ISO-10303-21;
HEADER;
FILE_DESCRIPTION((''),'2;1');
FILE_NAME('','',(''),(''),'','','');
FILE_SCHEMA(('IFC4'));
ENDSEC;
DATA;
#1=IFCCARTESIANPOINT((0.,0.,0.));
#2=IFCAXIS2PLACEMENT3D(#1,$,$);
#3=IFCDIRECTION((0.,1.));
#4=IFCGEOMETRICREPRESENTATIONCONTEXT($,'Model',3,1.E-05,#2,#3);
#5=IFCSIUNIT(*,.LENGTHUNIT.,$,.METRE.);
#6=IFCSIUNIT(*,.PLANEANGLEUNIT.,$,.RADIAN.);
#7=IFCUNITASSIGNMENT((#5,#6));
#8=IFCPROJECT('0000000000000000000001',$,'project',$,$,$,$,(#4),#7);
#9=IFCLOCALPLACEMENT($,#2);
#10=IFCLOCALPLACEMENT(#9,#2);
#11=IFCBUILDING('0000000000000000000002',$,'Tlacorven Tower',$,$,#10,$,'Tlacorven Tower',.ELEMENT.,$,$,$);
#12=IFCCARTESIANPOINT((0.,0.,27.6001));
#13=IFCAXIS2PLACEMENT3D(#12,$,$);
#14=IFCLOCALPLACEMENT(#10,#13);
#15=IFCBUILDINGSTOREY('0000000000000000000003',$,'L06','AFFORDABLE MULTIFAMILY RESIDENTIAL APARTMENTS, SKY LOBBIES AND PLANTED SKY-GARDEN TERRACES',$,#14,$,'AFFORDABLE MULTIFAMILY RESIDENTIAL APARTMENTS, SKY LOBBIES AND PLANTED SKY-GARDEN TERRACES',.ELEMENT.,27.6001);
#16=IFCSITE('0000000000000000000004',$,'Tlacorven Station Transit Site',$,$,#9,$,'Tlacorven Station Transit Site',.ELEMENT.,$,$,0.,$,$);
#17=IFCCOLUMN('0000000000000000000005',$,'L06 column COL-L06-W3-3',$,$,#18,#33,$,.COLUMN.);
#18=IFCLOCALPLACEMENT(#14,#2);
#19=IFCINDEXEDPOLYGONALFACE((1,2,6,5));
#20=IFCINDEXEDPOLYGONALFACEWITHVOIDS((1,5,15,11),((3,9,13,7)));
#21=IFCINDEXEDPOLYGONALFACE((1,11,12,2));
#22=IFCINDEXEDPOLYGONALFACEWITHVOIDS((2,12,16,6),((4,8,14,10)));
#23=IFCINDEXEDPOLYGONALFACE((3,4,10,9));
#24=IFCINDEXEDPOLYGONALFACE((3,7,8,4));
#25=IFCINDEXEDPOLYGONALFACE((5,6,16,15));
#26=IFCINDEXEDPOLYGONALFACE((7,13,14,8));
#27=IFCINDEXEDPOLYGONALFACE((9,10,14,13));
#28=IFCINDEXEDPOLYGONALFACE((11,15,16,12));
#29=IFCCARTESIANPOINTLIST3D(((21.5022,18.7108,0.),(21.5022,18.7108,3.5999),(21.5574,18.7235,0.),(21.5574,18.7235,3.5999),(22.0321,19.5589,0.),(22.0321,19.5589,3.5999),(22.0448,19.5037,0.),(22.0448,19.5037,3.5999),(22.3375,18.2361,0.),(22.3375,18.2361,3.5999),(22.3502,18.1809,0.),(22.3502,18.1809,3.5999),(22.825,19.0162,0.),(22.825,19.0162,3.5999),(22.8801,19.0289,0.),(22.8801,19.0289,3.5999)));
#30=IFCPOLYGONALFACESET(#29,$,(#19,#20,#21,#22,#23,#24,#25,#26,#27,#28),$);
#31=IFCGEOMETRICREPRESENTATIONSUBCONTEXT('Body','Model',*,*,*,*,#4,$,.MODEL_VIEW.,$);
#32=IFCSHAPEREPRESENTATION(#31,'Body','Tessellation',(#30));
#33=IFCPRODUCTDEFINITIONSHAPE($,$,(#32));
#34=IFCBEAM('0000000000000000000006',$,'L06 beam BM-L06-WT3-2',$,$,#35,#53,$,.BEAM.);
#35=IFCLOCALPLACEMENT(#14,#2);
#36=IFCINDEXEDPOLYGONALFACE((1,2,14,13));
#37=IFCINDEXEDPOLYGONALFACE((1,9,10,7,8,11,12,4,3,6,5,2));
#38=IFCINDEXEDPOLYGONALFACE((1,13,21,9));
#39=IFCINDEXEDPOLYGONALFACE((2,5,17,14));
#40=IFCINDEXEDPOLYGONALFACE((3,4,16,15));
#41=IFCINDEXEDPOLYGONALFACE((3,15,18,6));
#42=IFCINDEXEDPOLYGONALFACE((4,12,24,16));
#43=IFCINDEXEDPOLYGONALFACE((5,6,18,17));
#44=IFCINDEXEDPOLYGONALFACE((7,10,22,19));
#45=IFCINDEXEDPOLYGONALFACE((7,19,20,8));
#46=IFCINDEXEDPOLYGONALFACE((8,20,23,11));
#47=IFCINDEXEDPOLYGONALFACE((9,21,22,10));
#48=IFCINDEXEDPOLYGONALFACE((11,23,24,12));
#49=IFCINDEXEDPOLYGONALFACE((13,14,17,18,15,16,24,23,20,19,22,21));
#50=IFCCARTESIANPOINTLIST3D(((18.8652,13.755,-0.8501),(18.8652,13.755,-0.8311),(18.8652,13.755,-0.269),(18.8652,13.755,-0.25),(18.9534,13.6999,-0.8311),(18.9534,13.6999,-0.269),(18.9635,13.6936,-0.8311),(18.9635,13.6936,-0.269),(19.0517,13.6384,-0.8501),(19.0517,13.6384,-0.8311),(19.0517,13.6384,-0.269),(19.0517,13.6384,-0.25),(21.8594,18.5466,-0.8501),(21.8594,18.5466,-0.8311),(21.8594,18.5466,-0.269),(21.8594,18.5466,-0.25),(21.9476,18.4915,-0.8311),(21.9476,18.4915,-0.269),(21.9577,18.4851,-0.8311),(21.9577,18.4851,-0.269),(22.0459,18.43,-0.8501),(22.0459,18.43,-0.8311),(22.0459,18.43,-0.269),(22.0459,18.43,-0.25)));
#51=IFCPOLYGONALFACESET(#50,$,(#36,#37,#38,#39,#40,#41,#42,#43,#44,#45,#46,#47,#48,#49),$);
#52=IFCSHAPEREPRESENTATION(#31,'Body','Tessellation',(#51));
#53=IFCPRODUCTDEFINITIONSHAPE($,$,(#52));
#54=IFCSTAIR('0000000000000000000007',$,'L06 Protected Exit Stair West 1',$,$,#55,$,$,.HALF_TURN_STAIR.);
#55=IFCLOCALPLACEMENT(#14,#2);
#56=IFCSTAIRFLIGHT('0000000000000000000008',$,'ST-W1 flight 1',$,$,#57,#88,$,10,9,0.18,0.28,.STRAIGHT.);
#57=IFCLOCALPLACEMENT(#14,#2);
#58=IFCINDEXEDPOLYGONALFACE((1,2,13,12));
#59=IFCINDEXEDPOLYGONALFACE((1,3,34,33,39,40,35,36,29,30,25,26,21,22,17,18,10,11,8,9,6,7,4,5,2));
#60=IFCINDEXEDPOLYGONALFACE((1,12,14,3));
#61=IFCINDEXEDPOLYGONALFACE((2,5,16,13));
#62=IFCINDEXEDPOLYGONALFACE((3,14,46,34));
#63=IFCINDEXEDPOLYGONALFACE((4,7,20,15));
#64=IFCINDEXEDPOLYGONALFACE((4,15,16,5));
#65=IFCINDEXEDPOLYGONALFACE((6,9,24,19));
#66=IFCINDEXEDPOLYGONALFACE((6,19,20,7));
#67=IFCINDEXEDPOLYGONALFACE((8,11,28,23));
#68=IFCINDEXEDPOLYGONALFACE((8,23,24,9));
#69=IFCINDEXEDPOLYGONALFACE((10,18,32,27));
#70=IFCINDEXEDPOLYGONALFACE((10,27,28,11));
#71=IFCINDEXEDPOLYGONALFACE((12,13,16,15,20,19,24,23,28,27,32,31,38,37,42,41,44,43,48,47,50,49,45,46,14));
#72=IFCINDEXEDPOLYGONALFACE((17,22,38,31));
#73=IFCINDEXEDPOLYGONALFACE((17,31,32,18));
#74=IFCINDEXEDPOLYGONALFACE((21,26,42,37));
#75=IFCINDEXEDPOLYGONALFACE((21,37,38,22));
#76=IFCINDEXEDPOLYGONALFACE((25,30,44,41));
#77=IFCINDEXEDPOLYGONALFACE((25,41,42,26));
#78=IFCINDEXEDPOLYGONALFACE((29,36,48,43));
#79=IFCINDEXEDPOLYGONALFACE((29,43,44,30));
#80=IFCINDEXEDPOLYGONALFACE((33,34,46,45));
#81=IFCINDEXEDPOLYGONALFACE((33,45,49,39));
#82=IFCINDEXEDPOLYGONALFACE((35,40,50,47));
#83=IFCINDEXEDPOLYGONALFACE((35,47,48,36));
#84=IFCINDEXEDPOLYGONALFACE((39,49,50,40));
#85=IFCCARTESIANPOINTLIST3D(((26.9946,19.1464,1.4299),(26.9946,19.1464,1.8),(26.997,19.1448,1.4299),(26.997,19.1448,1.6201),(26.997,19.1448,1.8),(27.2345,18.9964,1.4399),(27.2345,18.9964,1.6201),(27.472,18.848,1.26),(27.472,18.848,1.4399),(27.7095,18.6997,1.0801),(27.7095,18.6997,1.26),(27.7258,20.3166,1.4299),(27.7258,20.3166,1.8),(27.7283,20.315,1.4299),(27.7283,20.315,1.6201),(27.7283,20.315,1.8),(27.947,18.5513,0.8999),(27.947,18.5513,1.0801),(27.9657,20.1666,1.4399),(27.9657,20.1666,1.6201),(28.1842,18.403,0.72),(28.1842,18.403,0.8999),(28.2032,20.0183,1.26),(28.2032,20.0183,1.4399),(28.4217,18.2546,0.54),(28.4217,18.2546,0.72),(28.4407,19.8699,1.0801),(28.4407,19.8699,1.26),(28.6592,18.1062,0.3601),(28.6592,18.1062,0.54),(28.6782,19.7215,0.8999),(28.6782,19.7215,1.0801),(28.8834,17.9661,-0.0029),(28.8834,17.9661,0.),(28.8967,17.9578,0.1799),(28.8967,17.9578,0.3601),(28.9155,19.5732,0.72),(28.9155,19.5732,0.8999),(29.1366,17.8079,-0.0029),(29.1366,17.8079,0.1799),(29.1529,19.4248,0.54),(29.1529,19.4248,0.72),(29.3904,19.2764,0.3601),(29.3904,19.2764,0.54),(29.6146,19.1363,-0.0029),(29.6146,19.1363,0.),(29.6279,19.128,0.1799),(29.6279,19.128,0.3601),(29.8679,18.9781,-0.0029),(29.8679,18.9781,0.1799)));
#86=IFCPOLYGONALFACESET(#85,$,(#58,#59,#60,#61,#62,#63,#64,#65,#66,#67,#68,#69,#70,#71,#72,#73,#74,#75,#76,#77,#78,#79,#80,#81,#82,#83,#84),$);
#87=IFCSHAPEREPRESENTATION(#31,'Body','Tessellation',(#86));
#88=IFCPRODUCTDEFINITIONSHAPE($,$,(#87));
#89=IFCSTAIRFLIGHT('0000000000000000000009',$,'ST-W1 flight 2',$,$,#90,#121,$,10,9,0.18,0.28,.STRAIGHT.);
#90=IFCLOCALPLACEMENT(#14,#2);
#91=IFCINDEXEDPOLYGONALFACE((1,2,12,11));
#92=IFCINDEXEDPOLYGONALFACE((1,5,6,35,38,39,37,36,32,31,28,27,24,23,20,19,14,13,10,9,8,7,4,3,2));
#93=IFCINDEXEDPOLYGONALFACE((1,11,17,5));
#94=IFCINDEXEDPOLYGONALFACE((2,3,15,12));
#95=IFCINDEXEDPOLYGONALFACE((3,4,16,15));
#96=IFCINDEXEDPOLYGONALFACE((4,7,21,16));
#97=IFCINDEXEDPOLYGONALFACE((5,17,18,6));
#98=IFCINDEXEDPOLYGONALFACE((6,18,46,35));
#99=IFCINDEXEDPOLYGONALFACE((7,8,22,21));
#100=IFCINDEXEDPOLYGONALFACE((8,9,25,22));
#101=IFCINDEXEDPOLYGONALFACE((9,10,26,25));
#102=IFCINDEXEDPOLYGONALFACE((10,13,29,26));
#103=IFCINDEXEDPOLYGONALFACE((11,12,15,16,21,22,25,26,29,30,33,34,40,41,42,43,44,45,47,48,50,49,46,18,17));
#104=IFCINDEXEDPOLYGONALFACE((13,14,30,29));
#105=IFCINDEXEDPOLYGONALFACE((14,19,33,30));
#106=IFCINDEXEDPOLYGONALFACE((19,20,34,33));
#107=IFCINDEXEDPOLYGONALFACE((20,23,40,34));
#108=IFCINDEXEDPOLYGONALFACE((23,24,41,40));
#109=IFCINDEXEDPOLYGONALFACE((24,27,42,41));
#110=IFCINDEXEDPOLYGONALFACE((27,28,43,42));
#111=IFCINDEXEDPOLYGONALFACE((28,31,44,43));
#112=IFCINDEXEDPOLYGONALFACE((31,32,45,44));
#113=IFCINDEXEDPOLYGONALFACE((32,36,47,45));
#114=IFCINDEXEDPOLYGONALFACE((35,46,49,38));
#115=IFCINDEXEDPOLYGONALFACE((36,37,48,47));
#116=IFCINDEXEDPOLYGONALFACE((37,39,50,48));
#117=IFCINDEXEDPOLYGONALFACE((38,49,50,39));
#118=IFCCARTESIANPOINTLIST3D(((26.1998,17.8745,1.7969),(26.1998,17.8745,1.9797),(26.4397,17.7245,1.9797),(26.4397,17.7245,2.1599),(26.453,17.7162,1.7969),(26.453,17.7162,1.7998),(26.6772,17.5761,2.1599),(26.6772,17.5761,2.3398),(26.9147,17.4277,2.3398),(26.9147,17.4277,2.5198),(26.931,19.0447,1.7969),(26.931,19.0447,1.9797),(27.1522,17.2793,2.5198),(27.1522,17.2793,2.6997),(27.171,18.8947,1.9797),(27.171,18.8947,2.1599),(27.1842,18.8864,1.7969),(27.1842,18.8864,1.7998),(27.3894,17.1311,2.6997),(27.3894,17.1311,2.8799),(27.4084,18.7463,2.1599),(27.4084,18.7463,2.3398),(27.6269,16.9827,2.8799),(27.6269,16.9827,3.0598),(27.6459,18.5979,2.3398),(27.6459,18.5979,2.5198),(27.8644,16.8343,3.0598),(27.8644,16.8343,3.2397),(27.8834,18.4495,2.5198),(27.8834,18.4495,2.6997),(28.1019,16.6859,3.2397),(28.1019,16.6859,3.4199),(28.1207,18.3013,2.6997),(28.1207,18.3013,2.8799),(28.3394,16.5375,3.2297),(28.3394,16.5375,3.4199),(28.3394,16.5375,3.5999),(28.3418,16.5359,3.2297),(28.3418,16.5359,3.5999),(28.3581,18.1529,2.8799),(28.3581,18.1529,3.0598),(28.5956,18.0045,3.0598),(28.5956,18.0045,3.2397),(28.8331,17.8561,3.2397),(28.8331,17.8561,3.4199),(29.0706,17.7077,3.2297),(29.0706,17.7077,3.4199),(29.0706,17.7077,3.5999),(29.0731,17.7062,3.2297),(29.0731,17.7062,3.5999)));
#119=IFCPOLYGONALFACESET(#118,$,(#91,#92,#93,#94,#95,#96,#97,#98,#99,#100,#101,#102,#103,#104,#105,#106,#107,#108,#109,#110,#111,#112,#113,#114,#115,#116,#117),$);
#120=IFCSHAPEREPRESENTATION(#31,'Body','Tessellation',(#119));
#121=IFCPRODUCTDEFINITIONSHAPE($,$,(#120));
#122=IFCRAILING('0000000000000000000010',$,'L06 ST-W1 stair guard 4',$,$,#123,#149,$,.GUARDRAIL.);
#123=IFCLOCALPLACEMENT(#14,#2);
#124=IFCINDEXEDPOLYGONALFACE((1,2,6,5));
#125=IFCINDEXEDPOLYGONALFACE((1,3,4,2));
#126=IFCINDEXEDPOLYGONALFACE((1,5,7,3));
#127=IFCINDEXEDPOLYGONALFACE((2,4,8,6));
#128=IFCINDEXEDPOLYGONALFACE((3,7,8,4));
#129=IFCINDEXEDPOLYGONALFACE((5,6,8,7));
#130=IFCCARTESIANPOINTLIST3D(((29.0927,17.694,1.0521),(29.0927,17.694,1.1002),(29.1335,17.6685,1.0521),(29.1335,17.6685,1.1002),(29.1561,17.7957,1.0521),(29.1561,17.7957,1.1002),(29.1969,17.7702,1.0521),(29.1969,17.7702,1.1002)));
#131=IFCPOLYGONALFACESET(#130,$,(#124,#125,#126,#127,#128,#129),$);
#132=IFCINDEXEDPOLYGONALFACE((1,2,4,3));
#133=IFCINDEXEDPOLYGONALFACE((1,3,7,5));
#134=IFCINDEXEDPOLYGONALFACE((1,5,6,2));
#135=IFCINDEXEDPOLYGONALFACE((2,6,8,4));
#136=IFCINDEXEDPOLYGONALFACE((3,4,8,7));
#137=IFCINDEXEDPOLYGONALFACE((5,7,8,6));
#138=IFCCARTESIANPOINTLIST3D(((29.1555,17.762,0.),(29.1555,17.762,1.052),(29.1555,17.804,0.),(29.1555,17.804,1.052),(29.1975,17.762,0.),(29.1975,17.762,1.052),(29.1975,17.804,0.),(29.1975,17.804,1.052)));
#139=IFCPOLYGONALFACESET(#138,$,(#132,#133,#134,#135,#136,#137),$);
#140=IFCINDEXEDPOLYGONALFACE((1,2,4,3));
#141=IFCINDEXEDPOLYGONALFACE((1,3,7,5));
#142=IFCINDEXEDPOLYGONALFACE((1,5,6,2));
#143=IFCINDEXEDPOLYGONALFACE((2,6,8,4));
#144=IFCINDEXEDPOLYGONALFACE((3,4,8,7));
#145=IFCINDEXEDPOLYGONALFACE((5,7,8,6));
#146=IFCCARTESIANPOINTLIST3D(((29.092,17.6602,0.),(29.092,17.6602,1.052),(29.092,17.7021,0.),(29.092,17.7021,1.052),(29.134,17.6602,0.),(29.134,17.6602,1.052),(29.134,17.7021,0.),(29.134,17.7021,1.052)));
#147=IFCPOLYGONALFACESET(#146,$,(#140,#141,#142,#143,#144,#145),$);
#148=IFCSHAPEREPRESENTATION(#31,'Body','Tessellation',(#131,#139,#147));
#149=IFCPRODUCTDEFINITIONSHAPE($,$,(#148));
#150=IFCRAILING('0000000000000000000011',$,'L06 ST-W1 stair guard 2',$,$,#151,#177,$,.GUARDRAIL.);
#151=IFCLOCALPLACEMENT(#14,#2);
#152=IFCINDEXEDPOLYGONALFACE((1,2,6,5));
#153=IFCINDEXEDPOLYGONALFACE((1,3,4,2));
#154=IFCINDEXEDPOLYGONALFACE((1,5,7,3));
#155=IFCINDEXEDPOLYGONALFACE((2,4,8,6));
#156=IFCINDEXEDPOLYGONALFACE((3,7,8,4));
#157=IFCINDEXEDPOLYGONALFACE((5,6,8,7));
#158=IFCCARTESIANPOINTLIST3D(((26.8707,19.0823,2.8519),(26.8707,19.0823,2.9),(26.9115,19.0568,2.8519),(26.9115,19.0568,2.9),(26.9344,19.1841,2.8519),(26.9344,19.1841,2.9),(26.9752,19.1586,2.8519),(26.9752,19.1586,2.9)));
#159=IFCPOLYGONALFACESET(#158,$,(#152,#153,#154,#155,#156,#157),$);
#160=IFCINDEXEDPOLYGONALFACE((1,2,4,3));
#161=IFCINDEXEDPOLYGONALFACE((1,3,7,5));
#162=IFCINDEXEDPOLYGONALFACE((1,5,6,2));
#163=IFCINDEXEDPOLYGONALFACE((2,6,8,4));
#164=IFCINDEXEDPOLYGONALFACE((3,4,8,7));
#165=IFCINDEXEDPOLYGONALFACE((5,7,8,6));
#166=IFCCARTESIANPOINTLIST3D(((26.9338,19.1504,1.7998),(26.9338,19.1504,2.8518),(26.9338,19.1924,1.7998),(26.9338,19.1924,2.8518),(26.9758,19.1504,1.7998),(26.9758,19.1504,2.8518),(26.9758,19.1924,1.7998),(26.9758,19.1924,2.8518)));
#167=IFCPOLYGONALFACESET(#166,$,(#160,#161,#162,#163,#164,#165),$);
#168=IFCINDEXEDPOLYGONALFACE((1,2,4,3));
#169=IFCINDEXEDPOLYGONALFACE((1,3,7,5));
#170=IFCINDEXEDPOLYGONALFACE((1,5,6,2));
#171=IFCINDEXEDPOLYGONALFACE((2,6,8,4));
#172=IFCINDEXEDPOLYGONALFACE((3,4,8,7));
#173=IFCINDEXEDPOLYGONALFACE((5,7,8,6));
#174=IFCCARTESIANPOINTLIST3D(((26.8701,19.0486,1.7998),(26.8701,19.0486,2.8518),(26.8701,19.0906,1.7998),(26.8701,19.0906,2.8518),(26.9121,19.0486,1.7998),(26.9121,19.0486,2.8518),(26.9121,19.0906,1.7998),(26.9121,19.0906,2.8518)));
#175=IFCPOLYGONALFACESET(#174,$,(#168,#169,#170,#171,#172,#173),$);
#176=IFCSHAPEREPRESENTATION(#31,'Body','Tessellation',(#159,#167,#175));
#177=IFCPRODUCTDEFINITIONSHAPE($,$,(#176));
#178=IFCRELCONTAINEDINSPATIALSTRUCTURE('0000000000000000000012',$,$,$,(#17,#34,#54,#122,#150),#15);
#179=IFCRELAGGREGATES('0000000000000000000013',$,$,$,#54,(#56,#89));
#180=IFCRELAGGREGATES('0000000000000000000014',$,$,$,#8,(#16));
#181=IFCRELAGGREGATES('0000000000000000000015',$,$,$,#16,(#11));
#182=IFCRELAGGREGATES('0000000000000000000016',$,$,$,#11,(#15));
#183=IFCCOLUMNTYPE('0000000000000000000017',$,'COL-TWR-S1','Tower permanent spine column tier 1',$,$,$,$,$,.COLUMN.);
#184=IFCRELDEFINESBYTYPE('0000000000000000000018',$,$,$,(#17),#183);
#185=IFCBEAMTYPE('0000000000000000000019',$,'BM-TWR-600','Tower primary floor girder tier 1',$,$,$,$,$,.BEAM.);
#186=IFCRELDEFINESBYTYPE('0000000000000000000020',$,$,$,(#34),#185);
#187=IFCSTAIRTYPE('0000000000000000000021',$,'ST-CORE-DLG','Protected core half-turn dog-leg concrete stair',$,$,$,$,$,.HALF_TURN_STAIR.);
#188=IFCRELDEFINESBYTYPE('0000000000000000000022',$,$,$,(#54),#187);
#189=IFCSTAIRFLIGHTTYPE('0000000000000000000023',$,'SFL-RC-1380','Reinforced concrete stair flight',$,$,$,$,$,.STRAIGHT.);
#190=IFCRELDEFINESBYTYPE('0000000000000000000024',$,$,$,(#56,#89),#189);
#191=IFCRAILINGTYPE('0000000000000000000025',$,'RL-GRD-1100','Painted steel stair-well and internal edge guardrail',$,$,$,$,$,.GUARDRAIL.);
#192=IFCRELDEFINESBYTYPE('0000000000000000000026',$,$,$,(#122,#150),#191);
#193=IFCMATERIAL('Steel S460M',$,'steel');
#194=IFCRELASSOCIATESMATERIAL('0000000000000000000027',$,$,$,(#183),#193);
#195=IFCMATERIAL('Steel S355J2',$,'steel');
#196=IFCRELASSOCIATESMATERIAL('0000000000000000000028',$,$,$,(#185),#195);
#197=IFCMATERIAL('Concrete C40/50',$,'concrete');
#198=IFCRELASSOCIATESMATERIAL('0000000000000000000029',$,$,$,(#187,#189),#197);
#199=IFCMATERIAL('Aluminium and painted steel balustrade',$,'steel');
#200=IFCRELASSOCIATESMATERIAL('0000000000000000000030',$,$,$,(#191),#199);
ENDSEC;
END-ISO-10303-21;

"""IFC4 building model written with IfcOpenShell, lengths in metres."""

from ifc_helpers import new_model, si_unit, direction, frame, origin, origin_2d, place, context, subcontext, project, spatial, polyline, rectangle, hollow_rectangle, i_section, outline, extrude, source, transform, mapped, material, material_profile, profile_set, type_object, element, aggregate, save


model = new_model("IFC4")

# Units and contexts
model_context = context("Model", 3, precision=1e-05, world=origin(), true_north=direction((0.0, 1.0)))
body_context = subcontext(model_context, "Body", "Model", "MODEL_VIEW")
ifc_project = project(units=[si_unit("LENGTHUNIT", "METRE"), si_unit("PLANEANGLEUNIT", "RADIAN")], contexts=[model_context])

# Site, building, storey
site_placement = place(None, origin())
site = spatial("IfcSite", under=ifc_project, at=site_placement, Name="Tlacorven Station Transit Site", LongName="Tlacorven Station Transit Site", CompositionType="ELEMENT", RefElevation=0.0)
building_placement = place(site_placement, origin())
building = spatial("IfcBuilding", under=site, at=building_placement, Name="Tlacorven Tower", LongName="Tlacorven Tower", CompositionType="ELEMENT")
storey_placement = place(building_placement, frame((0.0, 0.0, 27.6001)))
storey = spatial("IfcBuildingStorey", under=building, at=storey_placement, Name="L06", Description="AFFORDABLE MULTIFAMILY RESIDENTIAL APARTMENTS, SKY LOBBIES AND PLANTED SKY-GARDEN TERRACES", LongName="AFFORDABLE MULTIFAMILY RESIDENTIAL APARTMENTS, SKY LOBBIES AND PLANTED SKY-GARDEN TERRACES", CompositionType="ELEMENT", Elevation=27.6001)

# Column
ifc_material_1 = material(Name="Steel S460M", Category="steel")
ifc_material_profile_1 = material_profile(ifc_material_1, hollow_rectangle(XDim=1.0, YDim=1.0, WallThickness=0.04, at=origin_2d()), Name="BOX 1000X1000X40")
ifc_profile_set_1 = profile_set([ifc_material_profile_1], Name="Steel S460M")
column_type = type_object("IfcColumnType", Name="COL-TWR-S1", Description="Tower permanent spine column tier 1", PredefinedType="COLUMN", material=ifc_profile_set_1)
shared_shape_1 = source(origin(), body_context, "Body", "SweptSolid", [
    extrude(hollow_rectangle(XDim=1.0, YDim=1.0, WallThickness=0.04, at=origin_2d()), origin(), (0.0, 0.0, 1.0), 3.5999),
])
column_placement = place(storey_placement, frame((22.1912, 18.8699, 0.0), z_axis=(0.0, 0.0, 1.0), x_axis=(-0.848048, 0.529919, 0.0)))
element("IfcColumn", 1, at=column_placement, inside=storey, type_object=column_type, Name="L06 column COL-L06-W3-3", PredefinedType="COLUMN", context=body_context, shape_type="MappedRepresentation", body=[
    mapped(shared_shape_1, transform((0.0, 0.0, 0.0), scale=1.0)),
])

# Beam
ifc_material_2 = material(Name="Steel S355J2", Category="steel")
ifc_material_profile_2 = material_profile(ifc_material_2, i_section(OverallWidth=0.22, OverallDepth=0.6001, WebThickness=0.012, FlangeThickness=0.019, at=origin_2d()), Name="IPE 600")
ifc_profile_set_2 = profile_set([ifc_material_profile_2], Name="Steel S355J2")
beam_type = type_object("IfcBeamType", Name="BM-TWR-600", Description="Tower primary floor girder tier 1", PredefinedType="BEAM", material=ifc_profile_set_2)
shared_shape_2 = source(origin(), body_context, "Body", "SweptSolid", [
    extrude(i_section(OverallWidth=0.22, OverallDepth=0.6001, WebThickness=0.012, FlangeThickness=0.019, at=origin_2d()), origin(), (0.0, 0.0, 1.0), 5.6501),
])
beam_placement = place(storey_placement, frame((21.9526, 18.4883, -0.55), z_axis=(-0.529929, -0.848042, 0.0), x_axis=(0.848042, -0.529929, 0.0)))
element("IfcBeam", 2, at=beam_placement, inside=storey, type_object=beam_type, Name="L06 beam BM-L06-WT3-2", PredefinedType="BEAM", context=body_context, shape_type="MappedRepresentation", body=[
    mapped(shared_shape_2, transform((0.0, 0.0, 0.0), scale=1.0)),
])

# Stair, stair flights
ifc_material_3 = material(Name="Concrete C40/50", Category="concrete")
stair_type = type_object("IfcStairType", Name="ST-CORE-DLG", Description="Protected core half-turn dog-leg concrete stair", PredefinedType="HALF_TURN_STAIR", material=ifc_material_3)
stair_placement = place(storey_placement, origin())
stair = element("IfcStair", 3, at=stair_placement, inside=storey, type_object=stair_type, Name="L06 Protected Exit Stair West 1", PredefinedType="HALF_TURN_STAIR")
stair_flight_type = type_object("IfcStairFlightType", Name="SFL-RC-1380", Description="Reinforced concrete stair flight", PredefinedType="STRAIGHT", material=ifc_material_3)
shared_shape_3 = source(origin(), body_context, "Body", "SweptSolid", [
    extrude(outline(polyline([(-0.0029, -0.0029), (-0.0029, 0.1799), (0.28, 0.1799), (0.28, 0.3601), (0.5601, 0.3601), (0.5601, 0.54), (0.8401, 0.54), (0.8401, 0.72), (1.1201, 0.72), (1.1201, 0.8999), (1.3999, 0.8999), (1.3999, 1.0801), (1.6799, 1.0801), (1.6799, 1.26), (1.96, 1.26), (1.96, 1.4399), (2.24, 1.4399), (2.24, 1.6201), (2.52, 1.6201), (2.52, 1.8), (2.5229, 1.8), (2.5229, 1.4299), (2.52, 1.4299), (0.2957, 0.0), (0.2957, -0.0029), (-0.0029, -0.0029)])), frame((0.0, 0.6899, 0.0), z_axis=(0.0, -1.0, 0.0), x_axis=(1.0, 0.0, 0.0)), (0.0, 0.0, 1.0), 1.3799),
])
stair_flight_1_placement = place(storey_placement, frame((29.4998, 18.3945, 0.0), z_axis=(0.0, 0.0, 1.0), x_axis=(-0.848048, 0.529919, 0.0)))
stair_flight_1 = element("IfcStairFlight", 4, at=stair_flight_1_placement, type_object=stair_flight_type, Name="ST-W1 flight 1", NumberOfRisers=10, NumberOfTreads=9, PredefinedType="STRAIGHT", RiserHeight=0.18, TreadLength=0.28, context=body_context, shape_type="MappedRepresentation", body=[
    mapped(shared_shape_3, transform((0.0, 0.0, 0.0), scale=1.0)),
])
stair_flight_2_placement = place(storey_placement, frame((26.5679, 18.458, 1.7998), z_axis=(0.0, 0.0, 1.0), x_axis=(0.848048, -0.529919, 0.0)))
stair_flight_2 = element("IfcStairFlight", 5, at=stair_flight_2_placement, type_object=stair_flight_type, Name="ST-W1 flight 2", NumberOfRisers=10, NumberOfTreads=9, PredefinedType="STRAIGHT", RiserHeight=0.18, TreadLength=0.28, context=body_context, shape_type="MappedRepresentation", body=[
    mapped(shared_shape_3, transform((0.0, 0.0, 0.0), scale=1.0)),
])
aggregate(stair, [stair_flight_1, stair_flight_2])

# Railings
ifc_material_4 = material(Name="Aluminium and painted steel balustrade", Category="steel")
railing_type_1 = type_object("IfcRailingType", Name="RL-GRD-1100", Description="Painted steel stair-well and internal edge guardrail", PredefinedType="GUARDRAIL", material=ifc_material_4)
shared_shape_4 = source(origin(), body_context, "Body", "SweptSolid", [
    extrude(rectangle(XDim=0.0481, YDim=0.0481, at=origin_2d()), frame((0.0, 0.0, 1.0762), z_axis=(-0.529084, -0.848569, 0.0), x_axis=(0.848569, -0.529084, 0.0)), (0.0, 0.0, 1.0), 0.1199),
    extrude(rectangle(XDim=0.042, YDim=0.042, at=origin_2d()), origin(), (0.0, 0.0, 1.0), 1.052),
    extrude(rectangle(XDim=0.042, YDim=0.042, at=origin_2d()), frame((-0.0635, -0.1018, 0.0)), (0.0, 0.0, 1.0), 1.052),
])
railing_1_placement = place(storey_placement, frame((29.1765, 17.783, 0.0)))
element("IfcRailing", 6, at=railing_1_placement, inside=storey, type_object=railing_type_1, Name="L06 ST-W1 stair guard 4", PredefinedType="GUARDRAIL", context=body_context, shape_type="MappedRepresentation", body=[
    mapped(shared_shape_4, transform((0.0, 0.0, 0.0), scale=1.0)),
])
shared_shape_5 = source(origin(), body_context, "Body", "SweptSolid", [
    extrude(rectangle(XDim=0.0481, YDim=0.0481, at=origin_2d()), frame((0.0, 0.0, 1.0762), z_axis=(-0.530547, -0.847656, 0.0), x_axis=(0.847656, -0.530547, 0.0)), (0.0, 0.0, 1.0), 0.1201),
    extrude(rectangle(XDim=0.042, YDim=0.042, at=origin_2d()), origin(), (0.0, 0.0, 1.0), 1.052),
    extrude(rectangle(XDim=0.042, YDim=0.042, at=origin_2d()), frame((-0.0637, -0.1018, 0.0)), (0.0, 0.0, 1.0), 1.052),
])
railing_2_placement = place(storey_placement, frame((26.9548, 19.1714, 1.7998)))
element("IfcRailing", 7, at=railing_2_placement, inside=storey, type_object=railing_type_1, Name="L06 ST-W1 stair guard 2", PredefinedType="GUARDRAIL", context=body_context, shape_type="MappedRepresentation", body=[
    mapped(shared_shape_5, transform((0.0, 0.0, 0.0), scale=1.0)),
])

save(model, "model.ifc")
